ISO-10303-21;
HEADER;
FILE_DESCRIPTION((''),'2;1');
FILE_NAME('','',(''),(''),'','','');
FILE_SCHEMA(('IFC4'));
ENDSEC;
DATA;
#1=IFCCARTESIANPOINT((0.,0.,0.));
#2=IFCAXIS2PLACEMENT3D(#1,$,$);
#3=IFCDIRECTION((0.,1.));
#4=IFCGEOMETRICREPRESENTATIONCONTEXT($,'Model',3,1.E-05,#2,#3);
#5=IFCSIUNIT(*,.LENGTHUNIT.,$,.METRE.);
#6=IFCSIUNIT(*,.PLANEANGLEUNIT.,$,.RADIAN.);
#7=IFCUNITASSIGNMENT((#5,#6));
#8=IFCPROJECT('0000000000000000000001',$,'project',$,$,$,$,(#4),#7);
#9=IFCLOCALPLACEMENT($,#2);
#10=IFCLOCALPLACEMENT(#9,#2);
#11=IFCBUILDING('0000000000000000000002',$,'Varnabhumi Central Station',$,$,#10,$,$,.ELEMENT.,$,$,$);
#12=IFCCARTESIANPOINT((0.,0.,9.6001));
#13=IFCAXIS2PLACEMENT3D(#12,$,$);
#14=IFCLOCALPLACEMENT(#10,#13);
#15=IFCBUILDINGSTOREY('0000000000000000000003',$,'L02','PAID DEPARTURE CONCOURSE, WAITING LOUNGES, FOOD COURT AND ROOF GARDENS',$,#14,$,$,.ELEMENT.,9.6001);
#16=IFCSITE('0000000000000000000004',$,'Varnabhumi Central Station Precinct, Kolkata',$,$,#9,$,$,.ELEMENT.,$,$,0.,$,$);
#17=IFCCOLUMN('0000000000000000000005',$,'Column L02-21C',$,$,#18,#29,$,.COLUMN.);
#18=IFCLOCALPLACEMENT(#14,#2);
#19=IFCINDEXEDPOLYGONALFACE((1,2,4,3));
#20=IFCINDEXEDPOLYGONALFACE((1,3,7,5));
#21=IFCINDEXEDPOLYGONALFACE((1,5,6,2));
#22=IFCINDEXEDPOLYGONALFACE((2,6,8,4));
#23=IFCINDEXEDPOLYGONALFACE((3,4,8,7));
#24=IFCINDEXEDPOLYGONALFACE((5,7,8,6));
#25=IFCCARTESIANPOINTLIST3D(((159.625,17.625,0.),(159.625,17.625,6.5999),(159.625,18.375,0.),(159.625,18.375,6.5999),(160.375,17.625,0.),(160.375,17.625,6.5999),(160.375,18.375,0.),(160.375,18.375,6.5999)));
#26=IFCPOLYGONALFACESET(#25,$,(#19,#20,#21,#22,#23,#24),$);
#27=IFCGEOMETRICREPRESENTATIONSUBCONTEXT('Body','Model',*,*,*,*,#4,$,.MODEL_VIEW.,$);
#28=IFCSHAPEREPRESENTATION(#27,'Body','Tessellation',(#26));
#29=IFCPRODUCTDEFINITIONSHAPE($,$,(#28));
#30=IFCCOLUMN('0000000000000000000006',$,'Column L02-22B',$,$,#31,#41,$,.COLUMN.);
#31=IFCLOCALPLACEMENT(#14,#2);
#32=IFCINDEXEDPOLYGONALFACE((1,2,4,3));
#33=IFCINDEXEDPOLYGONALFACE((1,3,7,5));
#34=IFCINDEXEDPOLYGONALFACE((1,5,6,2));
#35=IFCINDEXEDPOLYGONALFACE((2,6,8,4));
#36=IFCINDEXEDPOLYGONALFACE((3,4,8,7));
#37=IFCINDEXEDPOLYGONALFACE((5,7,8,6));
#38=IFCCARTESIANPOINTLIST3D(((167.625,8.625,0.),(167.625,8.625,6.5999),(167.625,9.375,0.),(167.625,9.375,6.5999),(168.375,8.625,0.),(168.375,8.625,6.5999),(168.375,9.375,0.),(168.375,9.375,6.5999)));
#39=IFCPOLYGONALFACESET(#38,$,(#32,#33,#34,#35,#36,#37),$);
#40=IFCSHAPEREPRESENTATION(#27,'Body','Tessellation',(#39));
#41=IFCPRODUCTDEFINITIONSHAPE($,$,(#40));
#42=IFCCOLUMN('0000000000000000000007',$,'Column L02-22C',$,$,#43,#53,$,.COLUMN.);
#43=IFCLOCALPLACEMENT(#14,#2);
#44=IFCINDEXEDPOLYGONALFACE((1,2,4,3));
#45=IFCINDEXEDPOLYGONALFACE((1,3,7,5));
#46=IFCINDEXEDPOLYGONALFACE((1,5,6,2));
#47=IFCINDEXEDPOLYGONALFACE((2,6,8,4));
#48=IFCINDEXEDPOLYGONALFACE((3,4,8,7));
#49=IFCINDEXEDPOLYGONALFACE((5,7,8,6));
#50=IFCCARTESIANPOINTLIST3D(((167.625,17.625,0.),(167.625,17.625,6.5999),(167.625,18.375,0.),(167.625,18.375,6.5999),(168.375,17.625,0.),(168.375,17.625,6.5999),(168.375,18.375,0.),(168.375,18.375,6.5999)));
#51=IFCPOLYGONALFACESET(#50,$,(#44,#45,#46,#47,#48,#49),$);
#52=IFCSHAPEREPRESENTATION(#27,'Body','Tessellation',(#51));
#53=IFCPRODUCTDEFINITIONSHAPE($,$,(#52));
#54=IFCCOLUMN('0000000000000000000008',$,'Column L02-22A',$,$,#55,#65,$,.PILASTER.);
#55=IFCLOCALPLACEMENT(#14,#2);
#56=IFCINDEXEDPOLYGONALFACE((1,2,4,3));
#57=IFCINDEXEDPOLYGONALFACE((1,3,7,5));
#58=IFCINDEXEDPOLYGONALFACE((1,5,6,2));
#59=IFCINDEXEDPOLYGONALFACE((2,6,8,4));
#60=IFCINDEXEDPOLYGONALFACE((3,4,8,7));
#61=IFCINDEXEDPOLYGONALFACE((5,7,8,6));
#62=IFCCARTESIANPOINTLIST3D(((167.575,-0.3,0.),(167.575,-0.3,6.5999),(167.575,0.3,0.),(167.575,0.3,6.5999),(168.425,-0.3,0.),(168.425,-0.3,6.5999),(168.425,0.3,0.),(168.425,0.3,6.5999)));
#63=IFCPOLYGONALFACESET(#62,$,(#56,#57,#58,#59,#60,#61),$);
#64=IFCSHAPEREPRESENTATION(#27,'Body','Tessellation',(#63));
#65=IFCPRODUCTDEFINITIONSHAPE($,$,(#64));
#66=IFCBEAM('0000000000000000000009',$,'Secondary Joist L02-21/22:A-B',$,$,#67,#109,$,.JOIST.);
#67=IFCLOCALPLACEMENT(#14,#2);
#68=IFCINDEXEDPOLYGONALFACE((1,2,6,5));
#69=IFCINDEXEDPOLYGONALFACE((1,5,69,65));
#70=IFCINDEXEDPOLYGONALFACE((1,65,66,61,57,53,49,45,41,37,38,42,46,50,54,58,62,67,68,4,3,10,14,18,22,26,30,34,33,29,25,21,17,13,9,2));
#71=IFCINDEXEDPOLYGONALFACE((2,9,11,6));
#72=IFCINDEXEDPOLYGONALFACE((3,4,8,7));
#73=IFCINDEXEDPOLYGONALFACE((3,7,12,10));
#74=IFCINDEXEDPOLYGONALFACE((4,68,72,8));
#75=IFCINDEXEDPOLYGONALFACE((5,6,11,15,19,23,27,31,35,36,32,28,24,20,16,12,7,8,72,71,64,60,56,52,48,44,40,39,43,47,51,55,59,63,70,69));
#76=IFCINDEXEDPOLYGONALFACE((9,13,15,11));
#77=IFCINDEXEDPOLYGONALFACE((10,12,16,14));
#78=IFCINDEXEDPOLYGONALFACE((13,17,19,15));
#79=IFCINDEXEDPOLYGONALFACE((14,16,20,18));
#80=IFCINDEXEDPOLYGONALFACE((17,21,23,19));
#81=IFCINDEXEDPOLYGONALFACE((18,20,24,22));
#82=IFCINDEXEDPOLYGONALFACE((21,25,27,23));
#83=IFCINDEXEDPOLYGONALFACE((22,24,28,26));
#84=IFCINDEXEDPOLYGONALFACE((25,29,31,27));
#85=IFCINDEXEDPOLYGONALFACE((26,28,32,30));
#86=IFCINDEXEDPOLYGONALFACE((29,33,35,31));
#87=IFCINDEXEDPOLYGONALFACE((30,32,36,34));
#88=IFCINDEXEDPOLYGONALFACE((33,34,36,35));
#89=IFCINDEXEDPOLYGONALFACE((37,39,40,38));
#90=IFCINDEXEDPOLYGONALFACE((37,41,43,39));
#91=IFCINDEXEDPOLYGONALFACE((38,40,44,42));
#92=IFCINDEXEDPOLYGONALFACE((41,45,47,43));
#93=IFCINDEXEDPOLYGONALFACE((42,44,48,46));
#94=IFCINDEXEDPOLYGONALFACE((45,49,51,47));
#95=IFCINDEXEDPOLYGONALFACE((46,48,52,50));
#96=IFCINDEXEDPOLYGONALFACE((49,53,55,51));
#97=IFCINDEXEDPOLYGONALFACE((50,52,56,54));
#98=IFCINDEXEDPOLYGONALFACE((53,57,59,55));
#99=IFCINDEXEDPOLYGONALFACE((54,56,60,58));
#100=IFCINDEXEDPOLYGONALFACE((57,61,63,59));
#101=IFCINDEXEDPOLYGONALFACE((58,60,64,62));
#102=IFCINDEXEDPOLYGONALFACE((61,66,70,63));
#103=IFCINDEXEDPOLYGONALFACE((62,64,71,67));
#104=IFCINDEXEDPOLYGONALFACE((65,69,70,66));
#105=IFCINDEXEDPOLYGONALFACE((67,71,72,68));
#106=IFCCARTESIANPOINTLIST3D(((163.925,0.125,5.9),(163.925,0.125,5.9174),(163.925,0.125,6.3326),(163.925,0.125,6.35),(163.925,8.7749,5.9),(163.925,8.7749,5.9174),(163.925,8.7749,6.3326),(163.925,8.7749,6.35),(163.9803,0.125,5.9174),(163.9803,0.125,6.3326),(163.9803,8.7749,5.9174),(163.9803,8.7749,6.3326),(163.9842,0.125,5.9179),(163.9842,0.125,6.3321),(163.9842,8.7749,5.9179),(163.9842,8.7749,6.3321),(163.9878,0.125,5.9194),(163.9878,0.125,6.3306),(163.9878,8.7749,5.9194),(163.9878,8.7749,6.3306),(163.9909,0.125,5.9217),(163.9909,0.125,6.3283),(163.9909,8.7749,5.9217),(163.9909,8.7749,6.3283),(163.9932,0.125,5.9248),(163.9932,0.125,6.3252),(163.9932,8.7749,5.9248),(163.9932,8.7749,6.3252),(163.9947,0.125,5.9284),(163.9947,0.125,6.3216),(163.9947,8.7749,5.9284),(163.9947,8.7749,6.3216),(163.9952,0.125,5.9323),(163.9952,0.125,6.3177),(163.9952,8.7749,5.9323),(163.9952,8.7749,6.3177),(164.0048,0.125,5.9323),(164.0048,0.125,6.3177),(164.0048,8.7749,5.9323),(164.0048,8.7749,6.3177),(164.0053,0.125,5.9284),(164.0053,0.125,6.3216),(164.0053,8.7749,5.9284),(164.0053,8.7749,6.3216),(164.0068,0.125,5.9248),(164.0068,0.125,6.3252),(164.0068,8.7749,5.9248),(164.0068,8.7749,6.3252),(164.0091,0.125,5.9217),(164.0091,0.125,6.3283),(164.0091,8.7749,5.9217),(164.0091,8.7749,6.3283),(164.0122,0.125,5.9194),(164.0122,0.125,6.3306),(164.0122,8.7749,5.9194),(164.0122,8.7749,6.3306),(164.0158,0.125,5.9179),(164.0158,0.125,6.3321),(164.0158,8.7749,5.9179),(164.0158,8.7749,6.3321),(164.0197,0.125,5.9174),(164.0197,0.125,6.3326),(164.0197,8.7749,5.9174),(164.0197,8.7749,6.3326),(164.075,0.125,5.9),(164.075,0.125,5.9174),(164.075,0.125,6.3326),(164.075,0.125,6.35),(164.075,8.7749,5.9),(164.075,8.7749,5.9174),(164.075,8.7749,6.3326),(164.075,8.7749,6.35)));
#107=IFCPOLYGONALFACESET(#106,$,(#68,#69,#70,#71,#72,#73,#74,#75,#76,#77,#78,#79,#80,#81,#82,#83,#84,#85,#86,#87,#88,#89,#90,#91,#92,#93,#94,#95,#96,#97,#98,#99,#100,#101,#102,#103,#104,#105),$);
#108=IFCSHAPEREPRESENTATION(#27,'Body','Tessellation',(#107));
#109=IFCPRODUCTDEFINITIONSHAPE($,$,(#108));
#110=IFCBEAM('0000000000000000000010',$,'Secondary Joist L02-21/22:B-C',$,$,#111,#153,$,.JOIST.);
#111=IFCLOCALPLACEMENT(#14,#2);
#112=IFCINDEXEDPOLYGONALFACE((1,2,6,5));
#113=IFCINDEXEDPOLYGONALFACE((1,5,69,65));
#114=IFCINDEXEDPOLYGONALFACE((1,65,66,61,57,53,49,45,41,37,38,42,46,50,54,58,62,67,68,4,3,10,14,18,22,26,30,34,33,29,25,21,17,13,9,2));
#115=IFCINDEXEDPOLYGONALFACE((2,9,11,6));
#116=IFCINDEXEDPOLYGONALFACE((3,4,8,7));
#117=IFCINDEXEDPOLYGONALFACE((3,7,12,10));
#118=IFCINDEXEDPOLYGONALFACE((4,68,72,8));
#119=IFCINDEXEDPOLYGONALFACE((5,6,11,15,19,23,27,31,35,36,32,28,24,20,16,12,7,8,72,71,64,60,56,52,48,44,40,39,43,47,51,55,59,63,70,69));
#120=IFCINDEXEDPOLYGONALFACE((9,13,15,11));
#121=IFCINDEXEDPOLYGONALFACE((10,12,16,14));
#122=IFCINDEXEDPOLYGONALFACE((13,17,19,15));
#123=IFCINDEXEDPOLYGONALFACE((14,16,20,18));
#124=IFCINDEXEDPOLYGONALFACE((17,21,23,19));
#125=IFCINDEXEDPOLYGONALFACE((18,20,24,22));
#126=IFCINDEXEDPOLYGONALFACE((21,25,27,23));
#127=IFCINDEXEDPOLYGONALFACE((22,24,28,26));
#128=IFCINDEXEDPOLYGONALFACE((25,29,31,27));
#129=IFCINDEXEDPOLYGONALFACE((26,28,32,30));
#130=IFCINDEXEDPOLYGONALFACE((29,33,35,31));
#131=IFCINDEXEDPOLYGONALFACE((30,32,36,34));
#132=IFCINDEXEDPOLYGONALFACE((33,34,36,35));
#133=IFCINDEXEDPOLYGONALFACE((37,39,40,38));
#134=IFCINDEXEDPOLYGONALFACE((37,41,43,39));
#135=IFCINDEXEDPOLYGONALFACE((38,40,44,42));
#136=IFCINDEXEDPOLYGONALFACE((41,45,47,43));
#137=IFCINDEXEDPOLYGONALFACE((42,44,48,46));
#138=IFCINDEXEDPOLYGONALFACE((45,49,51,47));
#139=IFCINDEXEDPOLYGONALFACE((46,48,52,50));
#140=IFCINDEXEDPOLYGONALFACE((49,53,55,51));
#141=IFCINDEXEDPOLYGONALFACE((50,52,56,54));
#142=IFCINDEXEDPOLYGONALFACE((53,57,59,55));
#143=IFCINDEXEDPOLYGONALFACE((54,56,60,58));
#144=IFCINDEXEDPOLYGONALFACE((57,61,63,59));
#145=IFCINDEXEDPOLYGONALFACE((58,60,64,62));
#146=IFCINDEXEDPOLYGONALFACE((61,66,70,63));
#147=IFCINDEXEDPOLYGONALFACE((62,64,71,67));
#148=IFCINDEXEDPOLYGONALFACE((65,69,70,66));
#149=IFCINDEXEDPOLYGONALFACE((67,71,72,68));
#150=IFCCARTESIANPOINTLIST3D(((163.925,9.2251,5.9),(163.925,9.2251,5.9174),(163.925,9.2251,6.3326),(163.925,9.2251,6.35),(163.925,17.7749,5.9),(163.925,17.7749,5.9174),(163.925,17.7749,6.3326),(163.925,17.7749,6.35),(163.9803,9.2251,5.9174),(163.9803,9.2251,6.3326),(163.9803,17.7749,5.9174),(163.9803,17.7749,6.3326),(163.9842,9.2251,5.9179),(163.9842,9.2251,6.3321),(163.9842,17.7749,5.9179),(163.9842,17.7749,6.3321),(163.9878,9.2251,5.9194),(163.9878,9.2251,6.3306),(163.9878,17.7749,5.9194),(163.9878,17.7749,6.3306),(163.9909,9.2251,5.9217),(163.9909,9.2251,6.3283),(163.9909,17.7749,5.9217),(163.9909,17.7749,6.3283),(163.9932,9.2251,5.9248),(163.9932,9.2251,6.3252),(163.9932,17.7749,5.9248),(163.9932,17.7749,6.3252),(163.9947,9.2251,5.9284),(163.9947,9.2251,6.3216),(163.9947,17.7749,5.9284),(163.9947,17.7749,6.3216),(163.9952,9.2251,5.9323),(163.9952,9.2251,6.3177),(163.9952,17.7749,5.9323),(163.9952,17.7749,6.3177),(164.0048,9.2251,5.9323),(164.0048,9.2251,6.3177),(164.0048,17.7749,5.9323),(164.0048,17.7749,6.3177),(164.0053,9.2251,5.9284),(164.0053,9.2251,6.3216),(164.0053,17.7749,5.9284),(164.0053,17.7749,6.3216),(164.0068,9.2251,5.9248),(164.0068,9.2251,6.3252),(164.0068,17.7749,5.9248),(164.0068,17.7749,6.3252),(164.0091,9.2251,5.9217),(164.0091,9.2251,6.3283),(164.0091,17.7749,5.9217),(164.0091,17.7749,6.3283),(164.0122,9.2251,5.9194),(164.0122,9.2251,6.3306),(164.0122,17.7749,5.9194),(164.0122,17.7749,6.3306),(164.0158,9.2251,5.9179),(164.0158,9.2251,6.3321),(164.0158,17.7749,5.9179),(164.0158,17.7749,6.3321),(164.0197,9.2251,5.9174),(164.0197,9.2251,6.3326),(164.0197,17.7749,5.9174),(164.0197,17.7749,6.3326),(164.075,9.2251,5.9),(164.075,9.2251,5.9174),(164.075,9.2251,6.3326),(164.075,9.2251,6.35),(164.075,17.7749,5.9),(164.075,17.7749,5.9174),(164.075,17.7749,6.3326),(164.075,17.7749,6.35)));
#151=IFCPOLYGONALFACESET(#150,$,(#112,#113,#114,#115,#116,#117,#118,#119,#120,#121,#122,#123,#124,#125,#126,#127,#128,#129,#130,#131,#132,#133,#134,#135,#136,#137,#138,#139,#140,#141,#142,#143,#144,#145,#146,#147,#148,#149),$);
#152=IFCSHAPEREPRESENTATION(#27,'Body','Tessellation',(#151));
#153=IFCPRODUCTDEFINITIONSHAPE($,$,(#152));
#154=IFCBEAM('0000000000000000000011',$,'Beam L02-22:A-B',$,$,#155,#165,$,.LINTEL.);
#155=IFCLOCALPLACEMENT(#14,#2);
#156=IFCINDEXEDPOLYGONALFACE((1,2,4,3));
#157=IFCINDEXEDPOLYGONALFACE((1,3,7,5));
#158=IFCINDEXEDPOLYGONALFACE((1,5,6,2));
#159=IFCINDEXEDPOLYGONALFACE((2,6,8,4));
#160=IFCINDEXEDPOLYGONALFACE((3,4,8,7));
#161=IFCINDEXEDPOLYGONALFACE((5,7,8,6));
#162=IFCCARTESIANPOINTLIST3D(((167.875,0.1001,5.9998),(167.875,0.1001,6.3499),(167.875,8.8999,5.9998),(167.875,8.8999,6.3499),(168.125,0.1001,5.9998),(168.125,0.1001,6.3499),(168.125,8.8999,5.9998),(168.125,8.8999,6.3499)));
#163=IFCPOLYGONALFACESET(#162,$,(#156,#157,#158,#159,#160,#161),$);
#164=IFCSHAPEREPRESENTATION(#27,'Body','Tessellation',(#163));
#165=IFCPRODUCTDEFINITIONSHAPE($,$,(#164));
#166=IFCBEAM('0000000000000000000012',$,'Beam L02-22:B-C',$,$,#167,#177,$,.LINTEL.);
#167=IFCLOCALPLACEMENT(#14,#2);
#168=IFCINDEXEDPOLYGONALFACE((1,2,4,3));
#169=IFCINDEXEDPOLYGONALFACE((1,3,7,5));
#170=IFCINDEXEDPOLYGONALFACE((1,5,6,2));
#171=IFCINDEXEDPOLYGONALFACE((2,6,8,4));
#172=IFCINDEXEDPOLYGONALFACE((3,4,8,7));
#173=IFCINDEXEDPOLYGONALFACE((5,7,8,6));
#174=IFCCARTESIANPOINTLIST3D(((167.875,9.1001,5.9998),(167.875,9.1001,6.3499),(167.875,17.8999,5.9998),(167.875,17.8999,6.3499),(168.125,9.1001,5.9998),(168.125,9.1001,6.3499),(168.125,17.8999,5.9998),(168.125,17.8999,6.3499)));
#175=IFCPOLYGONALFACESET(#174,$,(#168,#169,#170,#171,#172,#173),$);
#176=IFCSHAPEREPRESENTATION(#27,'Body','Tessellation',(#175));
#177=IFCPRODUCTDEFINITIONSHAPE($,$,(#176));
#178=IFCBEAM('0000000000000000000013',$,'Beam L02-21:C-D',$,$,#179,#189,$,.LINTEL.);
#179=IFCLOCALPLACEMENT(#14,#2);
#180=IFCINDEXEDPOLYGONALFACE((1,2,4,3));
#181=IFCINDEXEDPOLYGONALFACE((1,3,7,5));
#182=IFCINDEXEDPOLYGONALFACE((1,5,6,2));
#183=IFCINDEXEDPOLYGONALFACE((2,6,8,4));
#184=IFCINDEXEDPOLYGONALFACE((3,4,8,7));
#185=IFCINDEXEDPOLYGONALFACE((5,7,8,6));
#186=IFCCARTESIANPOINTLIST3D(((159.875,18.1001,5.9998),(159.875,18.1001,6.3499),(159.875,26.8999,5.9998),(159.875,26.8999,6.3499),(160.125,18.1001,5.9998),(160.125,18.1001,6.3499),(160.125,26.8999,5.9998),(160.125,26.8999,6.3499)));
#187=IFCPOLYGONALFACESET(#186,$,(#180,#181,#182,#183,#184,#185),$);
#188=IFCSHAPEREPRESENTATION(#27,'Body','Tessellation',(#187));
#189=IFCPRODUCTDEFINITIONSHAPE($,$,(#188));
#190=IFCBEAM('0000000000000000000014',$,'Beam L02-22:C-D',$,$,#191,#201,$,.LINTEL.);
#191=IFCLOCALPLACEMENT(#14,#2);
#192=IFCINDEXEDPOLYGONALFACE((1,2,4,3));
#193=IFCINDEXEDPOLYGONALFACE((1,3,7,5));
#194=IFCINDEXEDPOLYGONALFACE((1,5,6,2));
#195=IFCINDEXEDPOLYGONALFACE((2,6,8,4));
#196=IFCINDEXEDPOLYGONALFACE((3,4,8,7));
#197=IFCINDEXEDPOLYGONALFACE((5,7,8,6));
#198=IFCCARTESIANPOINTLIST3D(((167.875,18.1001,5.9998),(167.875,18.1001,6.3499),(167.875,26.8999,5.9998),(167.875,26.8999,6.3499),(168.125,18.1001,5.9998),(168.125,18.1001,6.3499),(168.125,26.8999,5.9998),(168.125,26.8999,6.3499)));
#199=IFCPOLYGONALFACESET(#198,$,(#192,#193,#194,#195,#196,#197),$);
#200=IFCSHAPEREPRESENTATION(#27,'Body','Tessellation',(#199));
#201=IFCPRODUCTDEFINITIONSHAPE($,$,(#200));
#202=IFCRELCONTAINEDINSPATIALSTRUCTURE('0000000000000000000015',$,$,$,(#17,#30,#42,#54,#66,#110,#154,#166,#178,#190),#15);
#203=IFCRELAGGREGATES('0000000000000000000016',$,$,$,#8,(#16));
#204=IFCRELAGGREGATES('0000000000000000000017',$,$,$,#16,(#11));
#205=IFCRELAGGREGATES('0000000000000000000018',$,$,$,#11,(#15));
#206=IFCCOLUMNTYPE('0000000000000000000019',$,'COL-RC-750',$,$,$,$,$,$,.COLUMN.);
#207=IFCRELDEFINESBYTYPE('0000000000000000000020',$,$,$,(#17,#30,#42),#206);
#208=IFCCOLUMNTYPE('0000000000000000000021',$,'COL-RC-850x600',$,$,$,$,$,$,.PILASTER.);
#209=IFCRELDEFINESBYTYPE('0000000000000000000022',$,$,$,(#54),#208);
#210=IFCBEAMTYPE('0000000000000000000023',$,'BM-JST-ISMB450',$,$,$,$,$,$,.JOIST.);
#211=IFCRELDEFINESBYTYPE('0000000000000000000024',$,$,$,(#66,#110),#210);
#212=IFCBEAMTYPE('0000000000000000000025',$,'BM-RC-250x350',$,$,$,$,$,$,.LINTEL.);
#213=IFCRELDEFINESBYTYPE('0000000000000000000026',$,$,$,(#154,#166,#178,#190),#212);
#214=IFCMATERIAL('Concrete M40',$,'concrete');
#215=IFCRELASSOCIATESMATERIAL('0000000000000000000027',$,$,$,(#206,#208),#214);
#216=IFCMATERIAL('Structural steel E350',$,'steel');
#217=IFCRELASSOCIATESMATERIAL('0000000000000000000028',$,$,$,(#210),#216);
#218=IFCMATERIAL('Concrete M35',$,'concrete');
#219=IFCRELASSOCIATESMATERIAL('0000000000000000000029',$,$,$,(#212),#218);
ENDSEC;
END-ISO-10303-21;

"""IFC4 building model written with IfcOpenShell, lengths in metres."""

from ifc_helpers import new_model, si_unit, direction, frame, origin, origin_2d, place, context, subcontext, project, spatial, rectangle, i_section, extrude, material, material_profile, profile_set, type_object, element, save


model = new_model("IFC4")

# Units and contexts
model_context = context("Model", 3, precision=1e-05, world=origin(), true_north=direction((0.0, 1.0)))
body_context = subcontext(model_context, "Body", "Model", "MODEL_VIEW")
ifc_project = project(units=[si_unit("LENGTHUNIT", "METRE"), si_unit("PLANEANGLEUNIT", "RADIAN")], contexts=[model_context])

# Site, building, storey
site_placement = place(None, origin())
site = spatial("IfcSite", under=ifc_project, at=site_placement, Name="Varnabhumi Central Station Precinct, Kolkata", CompositionType="ELEMENT", RefElevation=0.0)
building_placement = place(site_placement, origin())
building = spatial("IfcBuilding", under=site, at=building_placement, Name="Varnabhumi Central Station", CompositionType="ELEMENT")
storey_placement = place(building_placement, frame((0.0, 0.0, 9.6001)))
storey = spatial("IfcBuildingStorey", under=building, at=storey_placement, Name="L02", Description="PAID DEPARTURE CONCOURSE, WAITING LOUNGES, FOOD COURT AND ROOF GARDENS", CompositionType="ELEMENT", Elevation=9.6001)

# Columns
ifc_material_1 = material(Name="Concrete M40", Category="concrete")
ifc_material_profile_1 = material_profile(ifc_material_1, rectangle(XDim=0.75, YDim=0.75, at=origin_2d()), Name="Concrete M40", Category="concrete")
ifc_profile_set_1 = profile_set([ifc_material_profile_1], Name="Concrete M40")
column_type_1 = type_object("IfcColumnType", Name="COL-RC-750", PredefinedType="COLUMN", material=ifc_profile_set_1)
for number, where, z_axis, x_axis, name in (
    (1, (160.0, 18.0, 0.0), (0.0, 0.0, 1.0), (1.0, 0.0, 0.0), "Column L02-21C"),
    (2, (168.0, 9.0, 0.0), (0.0, 0.0, 1.0), (1.0, 0.0, 0.0), "Column L02-22B"),
    (3, (168.0, 18.0, 0.0), (0.0, 0.0, 1.0), (1.0, 0.0, 0.0), "Column L02-22C"),
):
    element("IfcColumn", number, at=place(storey_placement, frame(where, z_axis=z_axis, x_axis=x_axis)), inside=storey, type_object=column_type_1, Name=name, PredefinedType="COLUMN", context=body_context, shape_type="SweptSolid", body=[
        extrude(rectangle(XDim=0.75, YDim=0.75, at=origin_2d()), origin(), (0.0, 0.0, 1.0), 6.5999),
    ])
ifc_material_profile_2 = material_profile(ifc_material_1, rectangle(XDim=0.8501, YDim=0.6001, at=origin_2d()), Name="Concrete M40", Category="concrete")
ifc_profile_set_2 = profile_set([ifc_material_profile_2], Name="Concrete M40")
column_type_2 = type_object("IfcColumnType", Name="COL-RC-850x600", PredefinedType="PILASTER", material=ifc_profile_set_2)
column_placement = place(storey_placement, frame((168.0, 0.0, 0.0), z_axis=(0.0, 0.0, 1.0), x_axis=(1.0, 0.0, 0.0)))
element("IfcColumn", 4, at=column_placement, inside=storey, type_object=column_type_2, Name="Column L02-22A", PredefinedType="PILASTER", context=body_context, shape_type="SweptSolid", body=[
    extrude(rectangle(XDim=0.8501, YDim=0.6001, at=origin_2d()), origin(), (0.0, 0.0, 1.0), 6.5999),
])

# Beams
ifc_material_2 = material(Name="Structural steel E350", Category="steel")
ifc_material_profile_3 = material_profile(ifc_material_2, i_section(OverallWidth=0.1499, OverallDepth=0.45, WebThickness=0.0095, FlangeThickness=0.0173, FilletRadius=0.0149, at=origin_2d()), Name="Structural steel E350", Category="steel")
ifc_profile_set_3 = profile_set([ifc_material_profile_3], Name="Structural steel E350")
beam_type_1 = type_object("IfcBeamType", Name="BM-JST-ISMB450", PredefinedType="JOIST", material=ifc_profile_set_3)
beam_1_placement = place(storey_placement, frame((164.0, 0.125, 6.125), z_axis=(0.0, 1.0, 0.0), x_axis=(-1.0, 0.0, 0.0)))
element("IfcBeam", 5, at=beam_1_placement, inside=storey, type_object=beam_type_1, Name="Secondary Joist L02-21/22:A-B", PredefinedType="JOIST", context=body_context, shape_type="SweptSolid", body=[
    extrude(i_section(OverallWidth=0.1499, OverallDepth=0.45, WebThickness=0.0095, FlangeThickness=0.0173, FilletRadius=0.0149, at=origin_2d()), origin(), (0.0, 0.0, 1.0), 8.6499),
])
beam_2_placement = place(storey_placement, frame((164.0, 9.2251, 6.125), z_axis=(0.0, 1.0, 0.0), x_axis=(-1.0, 0.0, 0.0)))
element("IfcBeam", 6, at=beam_2_placement, inside=storey, type_object=beam_type_1, Name="Secondary Joist L02-21/22:B-C", PredefinedType="JOIST", context=body_context, shape_type="SweptSolid", body=[
    extrude(i_section(OverallWidth=0.1499, OverallDepth=0.45, WebThickness=0.0095, FlangeThickness=0.0173, FilletRadius=0.0149, at=origin_2d()), origin(), (0.0, 0.0, 1.0), 8.5498),
])
ifc_material_3 = material(Name="Concrete M35", Category="concrete")
ifc_material_profile_4 = material_profile(ifc_material_3, rectangle(XDim=0.25, YDim=0.3501, at=origin_2d()), Name="Concrete M35", Category="concrete")
ifc_profile_set_4 = profile_set([ifc_material_profile_4], Name="Concrete M35")
beam_type_2 = type_object("IfcBeamType", Name="BM-RC-250x350", PredefinedType="LINTEL", material=ifc_profile_set_4)
for number, where, z_axis, x_axis, name in (
    (7, (168.0, 0.1001, 6.1748), (0.0, 1.0, 0.0), (-1.0, 0.0, 0.0), "Beam L02-22:A-B"),
    (8, (168.0, 9.1001, 6.1748), (0.0, 1.0, 0.0), (-1.0, 0.0, 0.0), "Beam L02-22:B-C"),
    (9, (160.0, 18.1001, 6.1748), (0.0, 1.0, 0.0), (-1.0, 0.0, 0.0), "Beam L02-21:C-D"),
    (10, (168.0, 18.1001, 6.1748), (0.0, 1.0, 0.0), (-1.0, 0.0, 0.0), "Beam L02-22:C-D"),
):
    element("IfcBeam", number, at=place(storey_placement, frame(where, z_axis=z_axis, x_axis=x_axis)), inside=storey, type_object=beam_type_2, Name=name, PredefinedType="LINTEL", context=body_context, shape_type="SweptSolid", body=[
        extrude(rectangle(XDim=0.25, YDim=0.3501, at=origin_2d()), origin(), (0.0, 0.0, 1.0), 8.7998),
    ])

save(model, "model.ifc")
